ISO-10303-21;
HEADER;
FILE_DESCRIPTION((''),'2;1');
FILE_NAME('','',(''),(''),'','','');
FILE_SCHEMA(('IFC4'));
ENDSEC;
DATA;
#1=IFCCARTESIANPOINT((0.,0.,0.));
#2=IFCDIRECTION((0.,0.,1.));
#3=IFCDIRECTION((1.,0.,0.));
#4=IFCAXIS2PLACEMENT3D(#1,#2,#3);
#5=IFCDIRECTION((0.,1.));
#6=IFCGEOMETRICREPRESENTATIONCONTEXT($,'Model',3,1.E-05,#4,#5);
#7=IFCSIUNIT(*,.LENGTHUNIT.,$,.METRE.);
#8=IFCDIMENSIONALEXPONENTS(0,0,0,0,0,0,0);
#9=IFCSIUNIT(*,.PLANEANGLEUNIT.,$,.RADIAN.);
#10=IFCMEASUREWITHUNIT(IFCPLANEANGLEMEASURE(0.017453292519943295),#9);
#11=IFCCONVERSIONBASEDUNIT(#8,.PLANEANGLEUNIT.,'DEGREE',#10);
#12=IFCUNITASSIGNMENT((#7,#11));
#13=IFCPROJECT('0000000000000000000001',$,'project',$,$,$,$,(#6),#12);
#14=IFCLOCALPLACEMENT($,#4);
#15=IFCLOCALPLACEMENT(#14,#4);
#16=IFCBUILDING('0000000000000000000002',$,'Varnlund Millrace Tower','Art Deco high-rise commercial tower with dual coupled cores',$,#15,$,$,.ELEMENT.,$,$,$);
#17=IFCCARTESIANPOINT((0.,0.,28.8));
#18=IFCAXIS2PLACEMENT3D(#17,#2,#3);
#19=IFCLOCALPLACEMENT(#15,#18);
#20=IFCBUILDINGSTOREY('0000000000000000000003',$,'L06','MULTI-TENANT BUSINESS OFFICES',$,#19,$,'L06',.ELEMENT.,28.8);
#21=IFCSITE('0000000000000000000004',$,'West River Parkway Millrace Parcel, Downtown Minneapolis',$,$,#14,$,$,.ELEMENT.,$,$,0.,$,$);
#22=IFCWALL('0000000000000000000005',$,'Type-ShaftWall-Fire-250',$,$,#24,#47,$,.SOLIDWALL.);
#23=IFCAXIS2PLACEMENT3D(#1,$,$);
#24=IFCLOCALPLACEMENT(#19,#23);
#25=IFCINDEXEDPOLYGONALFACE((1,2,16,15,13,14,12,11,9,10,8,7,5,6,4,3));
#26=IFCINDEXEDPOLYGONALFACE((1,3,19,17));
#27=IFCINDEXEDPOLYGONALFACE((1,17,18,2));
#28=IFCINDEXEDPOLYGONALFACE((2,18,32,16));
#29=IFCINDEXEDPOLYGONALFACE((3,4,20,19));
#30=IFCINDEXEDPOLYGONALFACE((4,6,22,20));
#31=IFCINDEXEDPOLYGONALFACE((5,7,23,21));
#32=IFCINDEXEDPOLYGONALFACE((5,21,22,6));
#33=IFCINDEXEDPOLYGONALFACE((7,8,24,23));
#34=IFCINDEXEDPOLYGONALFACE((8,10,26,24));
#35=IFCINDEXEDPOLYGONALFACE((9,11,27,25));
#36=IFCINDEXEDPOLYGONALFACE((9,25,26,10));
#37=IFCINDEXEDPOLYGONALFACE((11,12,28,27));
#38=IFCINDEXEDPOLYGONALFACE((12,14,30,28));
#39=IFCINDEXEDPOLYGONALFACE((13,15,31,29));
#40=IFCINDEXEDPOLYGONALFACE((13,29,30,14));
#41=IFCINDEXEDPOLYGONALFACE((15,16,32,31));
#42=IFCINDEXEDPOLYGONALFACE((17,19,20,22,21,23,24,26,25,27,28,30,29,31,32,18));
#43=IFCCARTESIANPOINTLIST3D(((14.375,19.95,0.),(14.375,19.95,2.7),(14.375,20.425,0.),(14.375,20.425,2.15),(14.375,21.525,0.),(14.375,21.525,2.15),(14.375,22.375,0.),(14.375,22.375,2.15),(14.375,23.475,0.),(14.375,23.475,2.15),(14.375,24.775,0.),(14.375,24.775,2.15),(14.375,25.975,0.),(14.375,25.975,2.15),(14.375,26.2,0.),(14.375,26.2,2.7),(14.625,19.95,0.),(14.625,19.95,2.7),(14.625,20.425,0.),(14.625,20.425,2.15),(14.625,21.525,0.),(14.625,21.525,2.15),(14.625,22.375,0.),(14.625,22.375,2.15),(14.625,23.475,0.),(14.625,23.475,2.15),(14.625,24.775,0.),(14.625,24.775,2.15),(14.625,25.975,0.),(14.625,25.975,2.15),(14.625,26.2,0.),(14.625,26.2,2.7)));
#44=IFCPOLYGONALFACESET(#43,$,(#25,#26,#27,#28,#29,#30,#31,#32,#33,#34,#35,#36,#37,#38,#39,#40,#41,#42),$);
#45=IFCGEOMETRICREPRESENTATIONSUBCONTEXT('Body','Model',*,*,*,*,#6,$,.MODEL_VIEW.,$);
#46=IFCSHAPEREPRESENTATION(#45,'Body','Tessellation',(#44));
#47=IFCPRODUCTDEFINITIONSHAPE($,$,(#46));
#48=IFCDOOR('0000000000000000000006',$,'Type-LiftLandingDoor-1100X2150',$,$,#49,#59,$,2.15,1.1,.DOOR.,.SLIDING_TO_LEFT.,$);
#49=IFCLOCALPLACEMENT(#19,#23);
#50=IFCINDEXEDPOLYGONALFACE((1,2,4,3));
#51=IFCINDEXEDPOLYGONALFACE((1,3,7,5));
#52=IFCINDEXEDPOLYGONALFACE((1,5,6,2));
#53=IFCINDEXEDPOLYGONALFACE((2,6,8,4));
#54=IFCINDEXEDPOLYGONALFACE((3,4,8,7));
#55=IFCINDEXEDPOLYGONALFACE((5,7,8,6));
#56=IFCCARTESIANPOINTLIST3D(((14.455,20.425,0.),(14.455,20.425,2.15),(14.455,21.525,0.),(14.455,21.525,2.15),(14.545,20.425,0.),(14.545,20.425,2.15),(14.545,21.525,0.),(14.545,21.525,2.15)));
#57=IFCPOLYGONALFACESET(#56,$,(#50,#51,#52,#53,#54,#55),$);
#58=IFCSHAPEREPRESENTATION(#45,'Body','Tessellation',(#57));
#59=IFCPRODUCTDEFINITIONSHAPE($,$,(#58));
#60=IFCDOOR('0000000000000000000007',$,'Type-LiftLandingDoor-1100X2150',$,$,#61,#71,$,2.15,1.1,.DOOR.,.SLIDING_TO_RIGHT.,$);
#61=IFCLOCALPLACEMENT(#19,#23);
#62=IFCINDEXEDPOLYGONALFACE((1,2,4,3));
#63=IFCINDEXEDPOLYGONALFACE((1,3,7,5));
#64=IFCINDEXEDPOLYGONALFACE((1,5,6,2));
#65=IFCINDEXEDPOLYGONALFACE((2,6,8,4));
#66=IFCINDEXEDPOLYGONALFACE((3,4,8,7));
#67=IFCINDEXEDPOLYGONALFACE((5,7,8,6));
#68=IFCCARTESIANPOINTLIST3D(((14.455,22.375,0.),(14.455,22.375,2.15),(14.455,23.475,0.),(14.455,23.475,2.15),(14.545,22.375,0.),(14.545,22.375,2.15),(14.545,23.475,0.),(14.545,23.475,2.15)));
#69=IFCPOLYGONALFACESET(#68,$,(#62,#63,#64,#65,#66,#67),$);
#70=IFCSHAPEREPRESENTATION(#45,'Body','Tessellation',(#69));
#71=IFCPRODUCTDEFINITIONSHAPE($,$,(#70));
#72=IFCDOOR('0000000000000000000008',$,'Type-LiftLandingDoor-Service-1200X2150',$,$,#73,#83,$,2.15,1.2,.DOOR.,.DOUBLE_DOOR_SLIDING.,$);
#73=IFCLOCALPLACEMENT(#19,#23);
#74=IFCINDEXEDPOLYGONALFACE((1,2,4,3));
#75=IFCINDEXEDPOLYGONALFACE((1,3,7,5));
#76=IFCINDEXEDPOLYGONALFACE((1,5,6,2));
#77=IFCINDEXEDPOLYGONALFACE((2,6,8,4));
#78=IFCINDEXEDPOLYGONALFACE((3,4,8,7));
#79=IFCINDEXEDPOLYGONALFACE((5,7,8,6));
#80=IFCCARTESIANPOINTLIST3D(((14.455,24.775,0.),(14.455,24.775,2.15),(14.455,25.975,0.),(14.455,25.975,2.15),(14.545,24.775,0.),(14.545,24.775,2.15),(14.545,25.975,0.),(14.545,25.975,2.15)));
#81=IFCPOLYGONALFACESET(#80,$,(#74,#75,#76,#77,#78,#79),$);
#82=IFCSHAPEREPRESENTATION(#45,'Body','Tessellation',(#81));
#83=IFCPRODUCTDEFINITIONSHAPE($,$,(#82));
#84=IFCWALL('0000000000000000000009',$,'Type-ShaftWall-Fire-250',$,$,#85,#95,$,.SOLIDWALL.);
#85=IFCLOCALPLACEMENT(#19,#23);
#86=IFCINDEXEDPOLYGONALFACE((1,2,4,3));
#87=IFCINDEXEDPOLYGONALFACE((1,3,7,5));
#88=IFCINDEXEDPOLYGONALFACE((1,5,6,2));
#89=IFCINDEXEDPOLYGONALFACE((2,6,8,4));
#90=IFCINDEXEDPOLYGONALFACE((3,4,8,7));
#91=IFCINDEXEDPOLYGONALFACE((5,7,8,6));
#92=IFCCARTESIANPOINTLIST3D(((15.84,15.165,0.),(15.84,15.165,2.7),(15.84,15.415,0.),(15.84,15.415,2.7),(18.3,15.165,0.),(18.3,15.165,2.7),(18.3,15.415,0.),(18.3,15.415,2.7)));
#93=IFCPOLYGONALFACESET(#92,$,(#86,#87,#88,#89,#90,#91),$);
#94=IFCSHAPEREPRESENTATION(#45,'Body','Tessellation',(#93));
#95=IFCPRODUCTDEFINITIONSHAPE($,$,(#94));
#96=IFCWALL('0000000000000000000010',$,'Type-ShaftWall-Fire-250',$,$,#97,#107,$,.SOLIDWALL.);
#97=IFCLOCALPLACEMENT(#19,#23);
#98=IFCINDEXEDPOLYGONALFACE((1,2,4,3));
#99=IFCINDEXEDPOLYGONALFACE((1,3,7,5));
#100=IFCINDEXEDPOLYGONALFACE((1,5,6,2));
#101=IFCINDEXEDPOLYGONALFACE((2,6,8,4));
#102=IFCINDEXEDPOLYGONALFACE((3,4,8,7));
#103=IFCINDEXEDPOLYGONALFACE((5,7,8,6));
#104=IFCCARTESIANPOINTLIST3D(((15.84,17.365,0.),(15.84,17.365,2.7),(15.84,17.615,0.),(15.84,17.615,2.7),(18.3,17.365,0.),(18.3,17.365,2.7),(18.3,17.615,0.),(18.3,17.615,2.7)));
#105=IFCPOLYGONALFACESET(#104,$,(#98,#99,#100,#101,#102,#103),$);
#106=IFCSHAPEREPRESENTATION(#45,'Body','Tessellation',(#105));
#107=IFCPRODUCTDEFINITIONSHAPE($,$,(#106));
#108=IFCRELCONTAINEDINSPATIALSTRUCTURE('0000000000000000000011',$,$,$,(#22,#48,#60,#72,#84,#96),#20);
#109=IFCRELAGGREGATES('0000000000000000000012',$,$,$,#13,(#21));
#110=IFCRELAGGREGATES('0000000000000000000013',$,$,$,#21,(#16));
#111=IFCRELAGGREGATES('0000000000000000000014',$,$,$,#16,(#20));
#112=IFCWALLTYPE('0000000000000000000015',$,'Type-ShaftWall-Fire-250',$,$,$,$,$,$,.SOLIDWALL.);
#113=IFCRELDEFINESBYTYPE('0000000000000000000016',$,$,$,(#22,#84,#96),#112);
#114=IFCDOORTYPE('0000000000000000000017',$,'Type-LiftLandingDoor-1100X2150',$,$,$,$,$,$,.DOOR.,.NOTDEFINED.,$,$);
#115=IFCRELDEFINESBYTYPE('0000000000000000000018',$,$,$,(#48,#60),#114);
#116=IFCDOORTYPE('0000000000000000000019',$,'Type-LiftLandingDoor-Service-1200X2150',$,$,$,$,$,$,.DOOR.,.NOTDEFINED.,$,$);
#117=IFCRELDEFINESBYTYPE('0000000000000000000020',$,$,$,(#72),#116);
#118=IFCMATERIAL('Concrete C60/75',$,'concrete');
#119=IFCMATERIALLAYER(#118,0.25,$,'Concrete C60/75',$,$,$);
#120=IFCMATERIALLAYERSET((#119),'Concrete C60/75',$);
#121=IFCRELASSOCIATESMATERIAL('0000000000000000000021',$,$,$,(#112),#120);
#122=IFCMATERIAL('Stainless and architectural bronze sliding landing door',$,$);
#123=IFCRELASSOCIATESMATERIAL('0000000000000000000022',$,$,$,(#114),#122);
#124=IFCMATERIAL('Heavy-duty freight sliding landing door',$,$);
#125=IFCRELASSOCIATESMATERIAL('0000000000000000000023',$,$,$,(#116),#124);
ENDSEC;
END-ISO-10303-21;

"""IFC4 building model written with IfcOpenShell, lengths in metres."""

from ifc_helpers import new_model, entity, si_unit, converted_unit, direction, frame, origin_with_axes, origin_2d_with_axis, place, context, subcontext, project, spatial, polyline, rectangle, outline, extrude, material, layer, layer_set, type_object, element, fill, save


model = new_model("IFC4")

# Units and contexts
model_context = context("Model", 3, precision=1e-05, world=origin_with_axes(), true_north=direction((0.0, 1.0)))
body_context = subcontext(model_context, "Body", "Model", "MODEL_VIEW")
ifc_project = project(units=[si_unit("LENGTHUNIT", "METRE"), converted_unit("PLANEANGLEUNIT", "DEGREE", entity("IfcPlaneAngleMeasure", 0.017453292519943295), si_unit("PLANEANGLEUNIT", "RADIAN"), dimensions=[0, 0, 0, 0, 0, 0, 0])], contexts=[model_context])

# Site, building, storey
site_placement = place(None, origin_with_axes())
site = spatial("IfcSite", under=ifc_project, at=site_placement, Name="West River Parkway Millrace Parcel, Downtown Minneapolis", CompositionType="ELEMENT", RefElevation=0.0)
building_placement = place(site_placement, origin_with_axes())
building = spatial("IfcBuilding", under=site, at=building_placement, Name="Varnlund Millrace Tower", Description="Art Deco high-rise commercial tower with dual coupled cores", CompositionType="ELEMENT")
storey_placement = place(building_placement, frame((0.0, 0.0, 28.8), z_axis=(0.0, 0.0, 1.0), x_axis=(1.0, 0.0, 0.0)))
storey = spatial("IfcBuildingStorey", under=building, at=storey_placement, Name="L06", Description="MULTI-TENANT BUSINESS OFFICES", LongName="L06", CompositionType="ELEMENT", Elevation=28.8)

# Wall, openings, doors
ifc_material_1 = material(Name="Concrete C60/75", Category="concrete")
ifc_layer_1 = layer(ifc_material_1, 0.25, Name="Concrete C60/75")
ifc_layer_set_1 = layer_set([ifc_layer_1], Name="Concrete C60/75")
wall_type_1 = type_object("IfcWallType", Name="Type-ShaftWall-Fire-250", PredefinedType="SOLIDWALL", material=ifc_layer_set_1)
wall_1_placement = place(storey_placement, frame((14.5, 19.95, 0.0), z_axis=(0.0, 0.0, 1.0), x_axis=(0.0, 1.0, 0.0)))
wall_1 = element("IfcWall", 1, at=wall_1_placement, inside=storey, type_object=wall_type_1, Name="Type-ShaftWall-Fire-250", PredefinedType="SOLIDWALL", context=body_context, shape_type="SweptSolid", body=[
    extrude(outline(polyline([(0.0, -0.125), (6.25, -0.125), (6.25, 0.125), (0.0, 0.125), (0.0, -0.125)])), origin_with_axes(), (0.0, 0.0, 1.0), 2.7),
])
opening_1_placement = place(wall_1_placement, frame((1.025, 0.0, 0.0), z_axis=(0.0, 0.0, 1.0), x_axis=(1.0, 0.0, 0.0)))
opening_1 = element("IfcOpeningElement", 2, at=opening_1_placement, cuts=wall_1, PredefinedType="OPENING", context=body_context, shape_type="SweptSolid", body=[
    extrude(rectangle(XDim=1.1, YDim=0.27, at=origin_2d_with_axis()), origin_with_axes(), (0.0, 0.0, 1.0), 2.15),
])
opening_2_placement = place(wall_1_placement, frame((2.975, 0.0, 0.0), z_axis=(0.0, 0.0, 1.0), x_axis=(1.0, 0.0, 0.0)))
opening_2 = element("IfcOpeningElement", 3, at=opening_2_placement, cuts=wall_1, PredefinedType="OPENING", context=body_context, shape_type="SweptSolid", body=[
    extrude(rectangle(XDim=1.1, YDim=0.27, at=origin_2d_with_axis()), origin_with_axes(), (0.0, 0.0, 1.0), 2.15),
])
opening_3_placement = place(wall_1_placement, frame((5.425, 0.0, 0.0), z_axis=(0.0, 0.0, 1.0), x_axis=(1.0, 0.0, 0.0)))
opening_3 = element("IfcOpeningElement", 4, at=opening_3_placement, cuts=wall_1, PredefinedType="OPENING", context=body_context, shape_type="SweptSolid", body=[
    extrude(rectangle(XDim=1.2, YDim=0.27, at=origin_2d_with_axis()), origin_with_axes(), (0.0, 0.0, 1.0), 2.15),
])
ifc_material_2 = material(Name="Stainless and architectural bronze sliding landing door")
door_type_1 = type_object("IfcDoorType", Name="Type-LiftLandingDoor-1100X2150", OperationType="NOTDEFINED", PredefinedType="DOOR", material=ifc_material_2)
door_1_placement = place(wall_1_placement, frame((1.025, 0.0, 0.0), z_axis=(0.0, 0.0, 1.0), x_axis=(1.0, 0.0, 0.0)))
door_1 = element("IfcDoor", 5, at=door_1_placement, inside=storey, type_object=door_type_1, Name="Type-LiftLandingDoor-1100X2150", OperationType="SLIDING_TO_LEFT", OverallHeight=2.15, OverallWidth=1.1, PredefinedType="DOOR", context=body_context, shape_type="SweptSolid", body=[
    extrude(rectangle(XDim=1.1, YDim=0.09, at=origin_2d_with_axis()), origin_with_axes(), (0.0, 0.0, 1.0), 2.15),
])
fill(opening_1, door_1)
door_2_placement = place(wall_1_placement, frame((2.975, 0.0, 0.0), z_axis=(0.0, 0.0, 1.0), x_axis=(1.0, 0.0, 0.0)))
door_2 = element("IfcDoor", 6, at=door_2_placement, inside=storey, type_object=door_type_1, Name="Type-LiftLandingDoor-1100X2150", OperationType="SLIDING_TO_RIGHT", OverallHeight=2.15, OverallWidth=1.1, PredefinedType="DOOR", context=body_context, shape_type="SweptSolid", body=[
    extrude(rectangle(XDim=1.1, YDim=0.09, at=origin_2d_with_axis()), origin_with_axes(), (0.0, 0.0, 1.0), 2.15),
])
fill(opening_2, door_2)
ifc_material_3 = material(Name="Heavy-duty freight sliding landing door")
door_type_2 = type_object("IfcDoorType", Name="Type-LiftLandingDoor-Service-1200X2150", OperationType="NOTDEFINED", PredefinedType="DOOR", material=ifc_material_3)
door_3_placement = place(wall_1_placement, frame((5.425, 0.0, 0.0), z_axis=(0.0, 0.0, 1.0), x_axis=(1.0, 0.0, 0.0)))
door_3 = element("IfcDoor", 7, at=door_3_placement, inside=storey, type_object=door_type_2, Name="Type-LiftLandingDoor-Service-1200X2150", OperationType="DOUBLE_DOOR_SLIDING", OverallHeight=2.15, OverallWidth=1.2, PredefinedType="DOOR", context=body_context, shape_type="SweptSolid", body=[
    extrude(rectangle(XDim=1.2, YDim=0.09, at=origin_2d_with_axis()), origin_with_axes(), (0.0, 0.0, 1.0), 2.15),
])
fill(opening_3, door_3)

# Walls
for number, where, z_axis, x_axis, name in (
    (8, (15.84, 15.29, 0.0), (0.0, 0.0, 1.0), (1.0, 0.0, 0.0), "Type-ShaftWall-Fire-250"),
    (9, (15.84, 17.49, 0.0), (0.0, 0.0, 1.0), (1.0, 0.0, 0.0), "Type-ShaftWall-Fire-250"),
):
    element("IfcWall", number, at=place(storey_placement, frame(where, z_axis=z_axis, x_axis=x_axis)), inside=storey, type_object=wall_type_1, Name=name, PredefinedType="SOLIDWALL", context=body_context, shape_type="SweptSolid", body=[
        extrude(outline(polyline([(0.0, -0.125), (2.46, -0.125), (2.46, 0.125), (0.0, 0.125), (0.0, -0.125)])), origin_with_axes(), (0.0, 0.0, 1.0), 2.7),
    ])

save(model, "model.ifc")
